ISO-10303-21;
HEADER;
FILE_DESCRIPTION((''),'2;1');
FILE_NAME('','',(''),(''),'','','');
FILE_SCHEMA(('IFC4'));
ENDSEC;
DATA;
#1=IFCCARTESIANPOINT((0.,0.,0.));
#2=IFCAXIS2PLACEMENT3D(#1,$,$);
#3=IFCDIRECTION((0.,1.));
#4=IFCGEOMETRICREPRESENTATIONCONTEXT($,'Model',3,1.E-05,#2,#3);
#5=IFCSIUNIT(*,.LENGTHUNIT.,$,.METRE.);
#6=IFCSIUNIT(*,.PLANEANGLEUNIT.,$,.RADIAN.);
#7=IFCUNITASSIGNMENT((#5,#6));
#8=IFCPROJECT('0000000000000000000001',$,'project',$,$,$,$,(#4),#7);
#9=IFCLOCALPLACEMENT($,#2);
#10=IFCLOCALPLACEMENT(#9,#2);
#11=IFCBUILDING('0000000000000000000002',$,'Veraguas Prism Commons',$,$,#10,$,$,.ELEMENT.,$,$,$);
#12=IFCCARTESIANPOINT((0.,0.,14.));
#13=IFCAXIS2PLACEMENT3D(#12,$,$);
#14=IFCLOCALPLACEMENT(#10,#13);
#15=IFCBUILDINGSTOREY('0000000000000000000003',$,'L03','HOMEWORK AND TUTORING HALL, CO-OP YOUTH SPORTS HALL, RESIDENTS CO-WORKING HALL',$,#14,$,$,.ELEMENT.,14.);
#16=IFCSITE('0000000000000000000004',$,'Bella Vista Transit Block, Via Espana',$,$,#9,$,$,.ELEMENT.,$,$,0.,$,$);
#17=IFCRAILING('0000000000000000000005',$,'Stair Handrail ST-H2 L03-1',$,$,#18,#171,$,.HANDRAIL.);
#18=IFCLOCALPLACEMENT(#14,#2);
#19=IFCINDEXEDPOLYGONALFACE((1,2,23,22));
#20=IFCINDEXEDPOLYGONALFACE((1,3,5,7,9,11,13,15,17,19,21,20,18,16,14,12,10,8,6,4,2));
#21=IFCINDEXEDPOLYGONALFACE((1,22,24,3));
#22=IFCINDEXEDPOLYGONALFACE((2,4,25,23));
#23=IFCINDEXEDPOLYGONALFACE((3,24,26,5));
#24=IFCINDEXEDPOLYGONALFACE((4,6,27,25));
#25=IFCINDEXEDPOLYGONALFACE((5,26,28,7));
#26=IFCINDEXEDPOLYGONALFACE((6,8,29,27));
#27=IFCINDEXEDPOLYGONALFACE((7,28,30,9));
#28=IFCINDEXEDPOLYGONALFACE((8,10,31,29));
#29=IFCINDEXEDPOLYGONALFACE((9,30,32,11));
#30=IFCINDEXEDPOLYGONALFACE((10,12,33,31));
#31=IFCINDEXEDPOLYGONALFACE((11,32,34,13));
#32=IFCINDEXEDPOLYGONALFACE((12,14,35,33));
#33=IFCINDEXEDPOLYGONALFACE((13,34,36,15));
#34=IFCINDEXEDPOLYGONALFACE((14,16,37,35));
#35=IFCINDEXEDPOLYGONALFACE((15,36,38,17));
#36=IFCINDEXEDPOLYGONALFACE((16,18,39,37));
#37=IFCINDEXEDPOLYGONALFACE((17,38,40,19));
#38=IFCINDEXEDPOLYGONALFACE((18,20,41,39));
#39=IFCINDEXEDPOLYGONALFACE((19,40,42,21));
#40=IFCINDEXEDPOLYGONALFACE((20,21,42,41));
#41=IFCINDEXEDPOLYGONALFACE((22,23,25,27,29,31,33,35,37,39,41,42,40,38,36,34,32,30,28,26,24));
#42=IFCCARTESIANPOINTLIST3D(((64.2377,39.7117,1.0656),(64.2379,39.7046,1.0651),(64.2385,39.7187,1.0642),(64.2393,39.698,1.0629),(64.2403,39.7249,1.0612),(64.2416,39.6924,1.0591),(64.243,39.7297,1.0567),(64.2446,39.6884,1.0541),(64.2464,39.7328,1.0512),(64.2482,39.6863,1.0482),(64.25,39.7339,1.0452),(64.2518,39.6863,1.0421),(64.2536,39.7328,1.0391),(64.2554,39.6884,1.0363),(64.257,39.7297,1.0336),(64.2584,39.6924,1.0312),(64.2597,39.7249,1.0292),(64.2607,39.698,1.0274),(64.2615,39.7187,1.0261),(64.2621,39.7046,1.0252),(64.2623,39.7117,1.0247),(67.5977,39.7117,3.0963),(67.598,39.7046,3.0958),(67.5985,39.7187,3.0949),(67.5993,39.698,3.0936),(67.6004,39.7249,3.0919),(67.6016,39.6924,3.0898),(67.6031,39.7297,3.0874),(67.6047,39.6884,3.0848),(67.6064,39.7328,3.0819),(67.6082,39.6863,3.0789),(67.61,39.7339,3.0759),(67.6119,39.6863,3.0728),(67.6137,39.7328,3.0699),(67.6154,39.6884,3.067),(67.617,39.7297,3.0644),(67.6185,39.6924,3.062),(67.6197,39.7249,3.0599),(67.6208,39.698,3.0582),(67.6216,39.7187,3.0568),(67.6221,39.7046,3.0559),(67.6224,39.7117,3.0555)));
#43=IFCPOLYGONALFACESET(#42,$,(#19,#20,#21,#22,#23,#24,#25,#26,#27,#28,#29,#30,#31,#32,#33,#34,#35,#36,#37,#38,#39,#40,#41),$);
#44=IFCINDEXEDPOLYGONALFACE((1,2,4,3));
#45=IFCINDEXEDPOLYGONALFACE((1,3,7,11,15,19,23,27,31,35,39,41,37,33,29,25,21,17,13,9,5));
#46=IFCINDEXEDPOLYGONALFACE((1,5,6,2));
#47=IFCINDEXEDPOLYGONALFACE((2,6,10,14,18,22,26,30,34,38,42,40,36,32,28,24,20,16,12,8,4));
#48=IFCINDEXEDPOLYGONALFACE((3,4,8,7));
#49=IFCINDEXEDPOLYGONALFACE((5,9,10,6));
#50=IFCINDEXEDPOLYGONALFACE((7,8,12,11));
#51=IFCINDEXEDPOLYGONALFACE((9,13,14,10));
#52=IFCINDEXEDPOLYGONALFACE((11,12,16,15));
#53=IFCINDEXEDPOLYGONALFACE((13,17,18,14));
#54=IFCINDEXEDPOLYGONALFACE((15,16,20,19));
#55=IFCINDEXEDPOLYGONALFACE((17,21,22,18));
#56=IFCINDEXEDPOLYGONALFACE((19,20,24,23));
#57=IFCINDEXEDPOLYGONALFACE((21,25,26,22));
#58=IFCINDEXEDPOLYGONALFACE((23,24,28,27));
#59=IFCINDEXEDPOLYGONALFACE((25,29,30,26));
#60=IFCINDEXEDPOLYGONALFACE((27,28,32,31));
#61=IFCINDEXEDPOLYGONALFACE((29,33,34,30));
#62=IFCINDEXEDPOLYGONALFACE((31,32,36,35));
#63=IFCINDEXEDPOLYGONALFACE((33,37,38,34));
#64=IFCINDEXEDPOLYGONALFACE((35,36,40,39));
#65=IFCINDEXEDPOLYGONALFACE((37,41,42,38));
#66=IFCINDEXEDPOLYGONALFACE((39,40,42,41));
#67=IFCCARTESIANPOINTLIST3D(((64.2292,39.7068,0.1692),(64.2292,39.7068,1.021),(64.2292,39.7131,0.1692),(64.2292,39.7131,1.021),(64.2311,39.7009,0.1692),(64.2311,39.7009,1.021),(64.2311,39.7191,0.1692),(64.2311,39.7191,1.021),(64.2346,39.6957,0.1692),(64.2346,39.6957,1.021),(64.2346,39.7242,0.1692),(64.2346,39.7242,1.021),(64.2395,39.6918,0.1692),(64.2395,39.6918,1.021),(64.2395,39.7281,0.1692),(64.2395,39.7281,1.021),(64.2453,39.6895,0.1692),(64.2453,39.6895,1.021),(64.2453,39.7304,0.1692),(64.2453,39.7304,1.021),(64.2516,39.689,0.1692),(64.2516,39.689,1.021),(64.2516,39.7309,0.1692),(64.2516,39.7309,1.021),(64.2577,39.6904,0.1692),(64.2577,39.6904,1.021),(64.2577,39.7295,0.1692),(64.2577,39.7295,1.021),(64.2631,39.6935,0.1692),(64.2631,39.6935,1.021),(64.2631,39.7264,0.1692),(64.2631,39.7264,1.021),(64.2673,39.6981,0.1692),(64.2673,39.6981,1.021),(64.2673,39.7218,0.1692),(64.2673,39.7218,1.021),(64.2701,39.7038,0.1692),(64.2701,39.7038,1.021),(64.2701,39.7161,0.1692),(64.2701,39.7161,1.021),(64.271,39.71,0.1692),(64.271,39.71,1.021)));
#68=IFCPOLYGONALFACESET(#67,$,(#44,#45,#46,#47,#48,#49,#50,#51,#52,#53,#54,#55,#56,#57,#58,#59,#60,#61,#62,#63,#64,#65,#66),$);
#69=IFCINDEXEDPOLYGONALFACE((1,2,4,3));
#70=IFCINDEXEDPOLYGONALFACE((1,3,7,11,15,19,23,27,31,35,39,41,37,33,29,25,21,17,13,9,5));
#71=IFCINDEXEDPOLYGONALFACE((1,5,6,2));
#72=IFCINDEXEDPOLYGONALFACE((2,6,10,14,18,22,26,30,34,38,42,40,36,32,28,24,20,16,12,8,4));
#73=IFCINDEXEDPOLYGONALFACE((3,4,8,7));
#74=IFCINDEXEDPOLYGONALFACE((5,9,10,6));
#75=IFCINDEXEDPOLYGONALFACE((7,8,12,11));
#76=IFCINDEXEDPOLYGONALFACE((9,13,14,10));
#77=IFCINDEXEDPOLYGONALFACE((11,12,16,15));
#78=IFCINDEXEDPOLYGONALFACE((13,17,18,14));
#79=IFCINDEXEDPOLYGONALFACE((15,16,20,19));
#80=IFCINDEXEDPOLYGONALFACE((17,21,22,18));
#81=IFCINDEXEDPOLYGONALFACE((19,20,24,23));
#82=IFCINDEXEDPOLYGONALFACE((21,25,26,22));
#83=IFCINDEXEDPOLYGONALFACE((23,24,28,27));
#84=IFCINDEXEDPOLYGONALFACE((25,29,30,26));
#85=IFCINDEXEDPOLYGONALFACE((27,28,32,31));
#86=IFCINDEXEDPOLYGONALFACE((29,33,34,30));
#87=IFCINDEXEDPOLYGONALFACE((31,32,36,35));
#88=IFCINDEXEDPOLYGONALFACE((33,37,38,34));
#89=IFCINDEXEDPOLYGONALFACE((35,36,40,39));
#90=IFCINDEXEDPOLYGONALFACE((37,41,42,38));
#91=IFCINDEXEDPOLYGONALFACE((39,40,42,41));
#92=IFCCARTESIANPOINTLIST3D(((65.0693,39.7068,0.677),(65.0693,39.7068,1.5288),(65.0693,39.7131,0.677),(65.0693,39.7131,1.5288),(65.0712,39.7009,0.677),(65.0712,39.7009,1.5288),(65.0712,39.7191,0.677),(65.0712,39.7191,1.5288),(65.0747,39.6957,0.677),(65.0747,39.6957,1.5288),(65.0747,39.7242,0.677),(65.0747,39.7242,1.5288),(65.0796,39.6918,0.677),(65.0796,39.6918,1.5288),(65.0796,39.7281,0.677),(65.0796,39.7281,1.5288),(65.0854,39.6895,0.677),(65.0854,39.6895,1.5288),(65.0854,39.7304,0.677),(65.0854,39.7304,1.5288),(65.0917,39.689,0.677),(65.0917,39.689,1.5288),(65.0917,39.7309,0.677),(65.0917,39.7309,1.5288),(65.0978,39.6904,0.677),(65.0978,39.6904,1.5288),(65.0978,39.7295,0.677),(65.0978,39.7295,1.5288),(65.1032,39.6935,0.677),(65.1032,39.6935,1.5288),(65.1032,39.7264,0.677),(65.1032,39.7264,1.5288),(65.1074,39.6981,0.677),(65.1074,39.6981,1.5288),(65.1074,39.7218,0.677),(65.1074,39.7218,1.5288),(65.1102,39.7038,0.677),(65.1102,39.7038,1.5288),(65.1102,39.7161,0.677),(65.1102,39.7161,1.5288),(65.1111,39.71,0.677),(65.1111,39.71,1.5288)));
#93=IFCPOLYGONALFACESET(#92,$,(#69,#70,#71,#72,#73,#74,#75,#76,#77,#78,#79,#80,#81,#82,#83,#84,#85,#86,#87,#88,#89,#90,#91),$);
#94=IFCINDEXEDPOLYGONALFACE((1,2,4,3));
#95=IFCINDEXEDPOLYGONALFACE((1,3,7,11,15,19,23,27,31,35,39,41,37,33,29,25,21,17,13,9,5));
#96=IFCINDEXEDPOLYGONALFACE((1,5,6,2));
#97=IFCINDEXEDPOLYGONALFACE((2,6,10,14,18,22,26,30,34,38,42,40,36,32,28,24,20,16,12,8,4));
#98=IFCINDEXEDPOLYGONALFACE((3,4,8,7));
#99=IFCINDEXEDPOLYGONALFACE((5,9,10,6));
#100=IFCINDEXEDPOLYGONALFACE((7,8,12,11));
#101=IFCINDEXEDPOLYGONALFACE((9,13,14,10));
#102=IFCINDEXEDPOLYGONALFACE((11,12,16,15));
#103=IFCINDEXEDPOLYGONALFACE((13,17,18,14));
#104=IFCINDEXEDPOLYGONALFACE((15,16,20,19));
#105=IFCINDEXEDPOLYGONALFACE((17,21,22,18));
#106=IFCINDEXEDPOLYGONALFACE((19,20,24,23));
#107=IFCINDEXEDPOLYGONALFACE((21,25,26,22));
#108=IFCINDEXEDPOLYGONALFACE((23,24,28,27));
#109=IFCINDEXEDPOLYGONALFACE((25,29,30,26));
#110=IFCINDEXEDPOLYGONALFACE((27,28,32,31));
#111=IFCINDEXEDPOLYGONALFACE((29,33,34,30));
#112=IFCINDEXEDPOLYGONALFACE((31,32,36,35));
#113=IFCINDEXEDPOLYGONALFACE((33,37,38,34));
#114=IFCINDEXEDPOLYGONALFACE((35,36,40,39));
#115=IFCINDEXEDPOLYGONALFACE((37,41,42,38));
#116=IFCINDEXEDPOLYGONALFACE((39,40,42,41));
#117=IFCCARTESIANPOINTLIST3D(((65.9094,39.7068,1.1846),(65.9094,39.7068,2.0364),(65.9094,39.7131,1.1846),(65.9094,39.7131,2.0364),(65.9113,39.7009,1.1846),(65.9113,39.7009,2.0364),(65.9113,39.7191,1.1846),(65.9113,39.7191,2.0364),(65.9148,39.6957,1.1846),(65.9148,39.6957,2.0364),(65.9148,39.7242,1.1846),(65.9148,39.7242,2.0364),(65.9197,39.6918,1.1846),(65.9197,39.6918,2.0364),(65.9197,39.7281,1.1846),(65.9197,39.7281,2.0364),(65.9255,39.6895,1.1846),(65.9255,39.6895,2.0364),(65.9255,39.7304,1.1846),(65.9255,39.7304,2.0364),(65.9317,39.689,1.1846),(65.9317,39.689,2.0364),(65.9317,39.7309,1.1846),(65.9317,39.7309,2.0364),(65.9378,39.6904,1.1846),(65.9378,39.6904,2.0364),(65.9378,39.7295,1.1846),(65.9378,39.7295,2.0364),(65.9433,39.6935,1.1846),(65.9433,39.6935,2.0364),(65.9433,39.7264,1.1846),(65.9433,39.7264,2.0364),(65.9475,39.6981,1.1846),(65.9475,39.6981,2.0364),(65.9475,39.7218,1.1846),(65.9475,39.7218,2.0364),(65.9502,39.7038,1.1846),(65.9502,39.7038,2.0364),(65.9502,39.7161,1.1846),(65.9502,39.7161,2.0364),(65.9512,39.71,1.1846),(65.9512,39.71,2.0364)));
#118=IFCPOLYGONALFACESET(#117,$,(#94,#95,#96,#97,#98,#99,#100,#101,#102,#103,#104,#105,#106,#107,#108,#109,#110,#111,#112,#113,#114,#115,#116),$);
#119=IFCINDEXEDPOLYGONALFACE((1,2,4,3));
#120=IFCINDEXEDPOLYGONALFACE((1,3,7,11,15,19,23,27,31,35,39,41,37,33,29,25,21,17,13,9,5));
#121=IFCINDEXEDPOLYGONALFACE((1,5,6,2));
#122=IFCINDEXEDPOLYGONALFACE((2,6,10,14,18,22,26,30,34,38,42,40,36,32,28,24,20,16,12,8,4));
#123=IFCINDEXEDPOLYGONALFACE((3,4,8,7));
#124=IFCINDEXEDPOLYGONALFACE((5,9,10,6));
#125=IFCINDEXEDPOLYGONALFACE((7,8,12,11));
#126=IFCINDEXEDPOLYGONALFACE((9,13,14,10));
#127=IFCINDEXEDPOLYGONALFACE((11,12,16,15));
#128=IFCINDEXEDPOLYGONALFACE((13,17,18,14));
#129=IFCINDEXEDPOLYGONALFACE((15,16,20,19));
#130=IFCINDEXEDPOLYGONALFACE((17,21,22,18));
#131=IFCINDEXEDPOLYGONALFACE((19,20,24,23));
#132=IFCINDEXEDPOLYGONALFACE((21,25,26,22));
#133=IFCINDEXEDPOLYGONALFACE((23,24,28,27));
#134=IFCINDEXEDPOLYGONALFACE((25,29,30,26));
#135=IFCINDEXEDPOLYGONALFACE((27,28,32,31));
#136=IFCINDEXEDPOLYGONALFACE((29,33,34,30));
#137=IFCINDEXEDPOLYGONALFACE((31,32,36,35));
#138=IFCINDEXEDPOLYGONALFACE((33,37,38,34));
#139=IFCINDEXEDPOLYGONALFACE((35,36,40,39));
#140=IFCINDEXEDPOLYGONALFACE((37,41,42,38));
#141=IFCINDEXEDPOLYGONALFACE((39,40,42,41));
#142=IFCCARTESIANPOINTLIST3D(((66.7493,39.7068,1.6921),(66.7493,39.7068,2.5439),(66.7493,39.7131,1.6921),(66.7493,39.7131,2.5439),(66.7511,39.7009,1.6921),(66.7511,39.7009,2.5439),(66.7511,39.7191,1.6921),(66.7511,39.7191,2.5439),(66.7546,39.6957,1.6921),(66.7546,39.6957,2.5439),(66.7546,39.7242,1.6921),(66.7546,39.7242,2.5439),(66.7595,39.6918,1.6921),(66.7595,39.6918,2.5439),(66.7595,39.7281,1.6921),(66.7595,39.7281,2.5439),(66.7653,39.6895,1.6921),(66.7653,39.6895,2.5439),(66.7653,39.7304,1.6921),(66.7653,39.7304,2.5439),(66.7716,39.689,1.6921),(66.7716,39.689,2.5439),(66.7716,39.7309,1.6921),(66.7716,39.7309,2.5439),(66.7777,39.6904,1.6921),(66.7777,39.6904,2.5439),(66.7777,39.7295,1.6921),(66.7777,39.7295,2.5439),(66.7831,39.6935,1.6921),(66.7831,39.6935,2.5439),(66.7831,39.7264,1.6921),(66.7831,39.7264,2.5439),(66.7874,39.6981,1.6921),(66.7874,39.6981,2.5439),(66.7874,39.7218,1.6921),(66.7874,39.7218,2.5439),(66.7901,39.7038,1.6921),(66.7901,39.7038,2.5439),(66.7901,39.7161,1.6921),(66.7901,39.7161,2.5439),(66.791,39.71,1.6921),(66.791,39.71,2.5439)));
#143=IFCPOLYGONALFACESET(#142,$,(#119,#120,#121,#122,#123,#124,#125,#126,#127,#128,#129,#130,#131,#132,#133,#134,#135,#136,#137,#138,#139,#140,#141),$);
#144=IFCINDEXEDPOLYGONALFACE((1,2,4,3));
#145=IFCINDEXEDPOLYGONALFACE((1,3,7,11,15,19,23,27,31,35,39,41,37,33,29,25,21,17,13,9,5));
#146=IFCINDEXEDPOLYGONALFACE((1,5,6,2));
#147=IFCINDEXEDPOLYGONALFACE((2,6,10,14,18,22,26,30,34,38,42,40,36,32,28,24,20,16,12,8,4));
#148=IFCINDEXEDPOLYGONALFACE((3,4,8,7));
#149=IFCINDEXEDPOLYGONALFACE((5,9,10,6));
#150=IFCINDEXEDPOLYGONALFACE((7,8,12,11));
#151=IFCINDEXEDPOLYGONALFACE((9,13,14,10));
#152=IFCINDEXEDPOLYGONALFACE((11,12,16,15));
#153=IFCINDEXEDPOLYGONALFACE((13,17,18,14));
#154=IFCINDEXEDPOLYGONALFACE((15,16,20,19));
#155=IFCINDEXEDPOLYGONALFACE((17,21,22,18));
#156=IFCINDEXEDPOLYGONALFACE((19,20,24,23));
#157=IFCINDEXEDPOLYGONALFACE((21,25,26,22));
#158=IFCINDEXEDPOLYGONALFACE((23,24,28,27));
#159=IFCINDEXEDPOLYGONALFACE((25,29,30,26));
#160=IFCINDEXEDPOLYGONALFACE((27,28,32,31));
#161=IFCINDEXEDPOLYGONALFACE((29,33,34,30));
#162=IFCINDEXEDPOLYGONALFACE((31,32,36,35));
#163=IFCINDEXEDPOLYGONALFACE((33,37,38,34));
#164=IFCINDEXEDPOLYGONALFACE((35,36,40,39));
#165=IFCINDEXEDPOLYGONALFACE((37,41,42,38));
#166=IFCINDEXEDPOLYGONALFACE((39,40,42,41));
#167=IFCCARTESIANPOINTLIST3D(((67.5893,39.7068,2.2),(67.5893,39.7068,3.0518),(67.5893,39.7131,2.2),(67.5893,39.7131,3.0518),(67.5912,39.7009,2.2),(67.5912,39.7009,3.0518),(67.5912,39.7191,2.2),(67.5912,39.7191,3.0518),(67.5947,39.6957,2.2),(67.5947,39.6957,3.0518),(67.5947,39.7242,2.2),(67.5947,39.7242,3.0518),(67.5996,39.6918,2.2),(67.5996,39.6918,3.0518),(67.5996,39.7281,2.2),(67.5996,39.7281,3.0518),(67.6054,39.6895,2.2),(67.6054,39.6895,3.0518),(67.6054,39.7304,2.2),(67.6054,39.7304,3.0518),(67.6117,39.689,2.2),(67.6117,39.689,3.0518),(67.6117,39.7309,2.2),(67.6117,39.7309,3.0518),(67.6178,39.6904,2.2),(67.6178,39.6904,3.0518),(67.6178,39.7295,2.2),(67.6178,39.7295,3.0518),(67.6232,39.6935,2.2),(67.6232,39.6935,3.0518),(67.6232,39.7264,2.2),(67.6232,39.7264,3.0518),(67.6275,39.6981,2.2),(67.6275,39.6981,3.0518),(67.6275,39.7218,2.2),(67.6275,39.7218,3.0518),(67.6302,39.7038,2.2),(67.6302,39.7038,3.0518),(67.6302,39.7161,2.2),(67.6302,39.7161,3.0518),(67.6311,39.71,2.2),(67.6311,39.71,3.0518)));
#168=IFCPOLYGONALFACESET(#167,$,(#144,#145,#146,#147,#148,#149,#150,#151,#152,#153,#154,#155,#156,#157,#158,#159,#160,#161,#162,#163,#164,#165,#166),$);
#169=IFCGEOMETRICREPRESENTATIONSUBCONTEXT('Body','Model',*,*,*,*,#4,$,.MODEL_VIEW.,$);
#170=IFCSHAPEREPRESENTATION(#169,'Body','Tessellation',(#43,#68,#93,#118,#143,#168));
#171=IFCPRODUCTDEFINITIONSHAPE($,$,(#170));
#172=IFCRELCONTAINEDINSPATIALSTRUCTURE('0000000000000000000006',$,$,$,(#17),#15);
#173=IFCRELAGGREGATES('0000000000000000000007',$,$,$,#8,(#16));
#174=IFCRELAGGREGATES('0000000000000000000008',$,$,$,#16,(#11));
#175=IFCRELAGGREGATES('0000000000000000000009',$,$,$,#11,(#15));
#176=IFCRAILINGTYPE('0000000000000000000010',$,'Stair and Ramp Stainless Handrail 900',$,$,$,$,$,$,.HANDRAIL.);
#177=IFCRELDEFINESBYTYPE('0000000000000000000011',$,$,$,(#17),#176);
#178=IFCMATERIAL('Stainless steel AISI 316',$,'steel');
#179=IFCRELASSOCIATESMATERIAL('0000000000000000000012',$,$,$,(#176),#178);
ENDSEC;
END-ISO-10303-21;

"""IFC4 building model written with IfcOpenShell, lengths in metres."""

from ifc_helpers import new_model, si_unit, direction, frame, origin, origin_2d, place, context, subcontext, project, spatial, circle, extrude, material, type_object, element, save


model = new_model("IFC4")

# Units and contexts
model_context = context("Model", 3, precision=1e-05, world=origin(), true_north=direction((0.0, 1.0)))
body_context = subcontext(model_context, "Body", "Model", "MODEL_VIEW")
ifc_project = project(units=[si_unit("LENGTHUNIT", "METRE"), si_unit("PLANEANGLEUNIT", "RADIAN")], contexts=[model_context])

# Site, building, storey
site_placement = place(None, origin())
site = spatial("IfcSite", under=ifc_project, at=site_placement, Name="Bella Vista Transit Block, Via Espana", CompositionType="ELEMENT", RefElevation=0.0)
building_placement = place(site_placement, origin())
building = spatial("IfcBuilding", under=site, at=building_placement, Name="Veraguas Prism Commons", CompositionType="ELEMENT")
storey_placement = place(building_placement, frame((0.0, 0.0, 14.0)))
storey = spatial("IfcBuildingStorey", under=building, at=storey_placement, Name="L03", Description="HOMEWORK AND TUTORING HALL, CO-OP YOUTH SPORTS HALL, RESIDENTS CO-WORKING HALL", CompositionType="ELEMENT", Elevation=14.0)

# Railing
ifc_material_1 = material(Name="Stainless steel AISI 316", Category="steel")
railing_type_1 = type_object("IfcRailingType", Name="Stair and Ramp Stainless Handrail 900", PredefinedType="HANDRAIL", material=ifc_material_1)
railing_1_placement = place(storey_placement, frame((64.25, 39.71, 0.1692)))
element("IfcRailing", 1, at=railing_1_placement, inside=storey, type_object=railing_type_1, Name="Stair Handrail ST-H2 L03-1", PredefinedType="HANDRAIL", context=body_context, shape_type="SweptSolid", body=[
    extrude(circle(Radius=0.0239, at=origin_2d()), frame((0.0, 0.0, 0.876), z_axis=(0.855837, 0.0, 0.517246), x_axis=(0.0, 1.0, 0.0)), (0.0, 0.0, 1.0), 3.926),
    extrude(circle(Radius=0.021, at=origin_2d()), origin(), (0.0, 0.0, 1.0), 0.8518),
    extrude(circle(Radius=0.021, at=origin_2d()), frame((0.8401, 0.0, 0.5078)), (0.0, 0.0, 1.0), 0.8518),
    extrude(circle(Radius=0.021, at=origin_2d()), frame((1.6802, 0.0, 1.0154)), (0.0, 0.0, 1.0), 0.8518),
    extrude(circle(Radius=0.021, at=origin_2d()), frame((2.52, 0.0, 1.5229)), (0.0, 0.0, 1.0), 0.8518),
    extrude(circle(Radius=0.021, at=origin_2d()), frame((3.3601, 0.0, 2.0308)), (0.0, 0.0, 1.0), 0.8518),
])

save(model, "model.ifc")
